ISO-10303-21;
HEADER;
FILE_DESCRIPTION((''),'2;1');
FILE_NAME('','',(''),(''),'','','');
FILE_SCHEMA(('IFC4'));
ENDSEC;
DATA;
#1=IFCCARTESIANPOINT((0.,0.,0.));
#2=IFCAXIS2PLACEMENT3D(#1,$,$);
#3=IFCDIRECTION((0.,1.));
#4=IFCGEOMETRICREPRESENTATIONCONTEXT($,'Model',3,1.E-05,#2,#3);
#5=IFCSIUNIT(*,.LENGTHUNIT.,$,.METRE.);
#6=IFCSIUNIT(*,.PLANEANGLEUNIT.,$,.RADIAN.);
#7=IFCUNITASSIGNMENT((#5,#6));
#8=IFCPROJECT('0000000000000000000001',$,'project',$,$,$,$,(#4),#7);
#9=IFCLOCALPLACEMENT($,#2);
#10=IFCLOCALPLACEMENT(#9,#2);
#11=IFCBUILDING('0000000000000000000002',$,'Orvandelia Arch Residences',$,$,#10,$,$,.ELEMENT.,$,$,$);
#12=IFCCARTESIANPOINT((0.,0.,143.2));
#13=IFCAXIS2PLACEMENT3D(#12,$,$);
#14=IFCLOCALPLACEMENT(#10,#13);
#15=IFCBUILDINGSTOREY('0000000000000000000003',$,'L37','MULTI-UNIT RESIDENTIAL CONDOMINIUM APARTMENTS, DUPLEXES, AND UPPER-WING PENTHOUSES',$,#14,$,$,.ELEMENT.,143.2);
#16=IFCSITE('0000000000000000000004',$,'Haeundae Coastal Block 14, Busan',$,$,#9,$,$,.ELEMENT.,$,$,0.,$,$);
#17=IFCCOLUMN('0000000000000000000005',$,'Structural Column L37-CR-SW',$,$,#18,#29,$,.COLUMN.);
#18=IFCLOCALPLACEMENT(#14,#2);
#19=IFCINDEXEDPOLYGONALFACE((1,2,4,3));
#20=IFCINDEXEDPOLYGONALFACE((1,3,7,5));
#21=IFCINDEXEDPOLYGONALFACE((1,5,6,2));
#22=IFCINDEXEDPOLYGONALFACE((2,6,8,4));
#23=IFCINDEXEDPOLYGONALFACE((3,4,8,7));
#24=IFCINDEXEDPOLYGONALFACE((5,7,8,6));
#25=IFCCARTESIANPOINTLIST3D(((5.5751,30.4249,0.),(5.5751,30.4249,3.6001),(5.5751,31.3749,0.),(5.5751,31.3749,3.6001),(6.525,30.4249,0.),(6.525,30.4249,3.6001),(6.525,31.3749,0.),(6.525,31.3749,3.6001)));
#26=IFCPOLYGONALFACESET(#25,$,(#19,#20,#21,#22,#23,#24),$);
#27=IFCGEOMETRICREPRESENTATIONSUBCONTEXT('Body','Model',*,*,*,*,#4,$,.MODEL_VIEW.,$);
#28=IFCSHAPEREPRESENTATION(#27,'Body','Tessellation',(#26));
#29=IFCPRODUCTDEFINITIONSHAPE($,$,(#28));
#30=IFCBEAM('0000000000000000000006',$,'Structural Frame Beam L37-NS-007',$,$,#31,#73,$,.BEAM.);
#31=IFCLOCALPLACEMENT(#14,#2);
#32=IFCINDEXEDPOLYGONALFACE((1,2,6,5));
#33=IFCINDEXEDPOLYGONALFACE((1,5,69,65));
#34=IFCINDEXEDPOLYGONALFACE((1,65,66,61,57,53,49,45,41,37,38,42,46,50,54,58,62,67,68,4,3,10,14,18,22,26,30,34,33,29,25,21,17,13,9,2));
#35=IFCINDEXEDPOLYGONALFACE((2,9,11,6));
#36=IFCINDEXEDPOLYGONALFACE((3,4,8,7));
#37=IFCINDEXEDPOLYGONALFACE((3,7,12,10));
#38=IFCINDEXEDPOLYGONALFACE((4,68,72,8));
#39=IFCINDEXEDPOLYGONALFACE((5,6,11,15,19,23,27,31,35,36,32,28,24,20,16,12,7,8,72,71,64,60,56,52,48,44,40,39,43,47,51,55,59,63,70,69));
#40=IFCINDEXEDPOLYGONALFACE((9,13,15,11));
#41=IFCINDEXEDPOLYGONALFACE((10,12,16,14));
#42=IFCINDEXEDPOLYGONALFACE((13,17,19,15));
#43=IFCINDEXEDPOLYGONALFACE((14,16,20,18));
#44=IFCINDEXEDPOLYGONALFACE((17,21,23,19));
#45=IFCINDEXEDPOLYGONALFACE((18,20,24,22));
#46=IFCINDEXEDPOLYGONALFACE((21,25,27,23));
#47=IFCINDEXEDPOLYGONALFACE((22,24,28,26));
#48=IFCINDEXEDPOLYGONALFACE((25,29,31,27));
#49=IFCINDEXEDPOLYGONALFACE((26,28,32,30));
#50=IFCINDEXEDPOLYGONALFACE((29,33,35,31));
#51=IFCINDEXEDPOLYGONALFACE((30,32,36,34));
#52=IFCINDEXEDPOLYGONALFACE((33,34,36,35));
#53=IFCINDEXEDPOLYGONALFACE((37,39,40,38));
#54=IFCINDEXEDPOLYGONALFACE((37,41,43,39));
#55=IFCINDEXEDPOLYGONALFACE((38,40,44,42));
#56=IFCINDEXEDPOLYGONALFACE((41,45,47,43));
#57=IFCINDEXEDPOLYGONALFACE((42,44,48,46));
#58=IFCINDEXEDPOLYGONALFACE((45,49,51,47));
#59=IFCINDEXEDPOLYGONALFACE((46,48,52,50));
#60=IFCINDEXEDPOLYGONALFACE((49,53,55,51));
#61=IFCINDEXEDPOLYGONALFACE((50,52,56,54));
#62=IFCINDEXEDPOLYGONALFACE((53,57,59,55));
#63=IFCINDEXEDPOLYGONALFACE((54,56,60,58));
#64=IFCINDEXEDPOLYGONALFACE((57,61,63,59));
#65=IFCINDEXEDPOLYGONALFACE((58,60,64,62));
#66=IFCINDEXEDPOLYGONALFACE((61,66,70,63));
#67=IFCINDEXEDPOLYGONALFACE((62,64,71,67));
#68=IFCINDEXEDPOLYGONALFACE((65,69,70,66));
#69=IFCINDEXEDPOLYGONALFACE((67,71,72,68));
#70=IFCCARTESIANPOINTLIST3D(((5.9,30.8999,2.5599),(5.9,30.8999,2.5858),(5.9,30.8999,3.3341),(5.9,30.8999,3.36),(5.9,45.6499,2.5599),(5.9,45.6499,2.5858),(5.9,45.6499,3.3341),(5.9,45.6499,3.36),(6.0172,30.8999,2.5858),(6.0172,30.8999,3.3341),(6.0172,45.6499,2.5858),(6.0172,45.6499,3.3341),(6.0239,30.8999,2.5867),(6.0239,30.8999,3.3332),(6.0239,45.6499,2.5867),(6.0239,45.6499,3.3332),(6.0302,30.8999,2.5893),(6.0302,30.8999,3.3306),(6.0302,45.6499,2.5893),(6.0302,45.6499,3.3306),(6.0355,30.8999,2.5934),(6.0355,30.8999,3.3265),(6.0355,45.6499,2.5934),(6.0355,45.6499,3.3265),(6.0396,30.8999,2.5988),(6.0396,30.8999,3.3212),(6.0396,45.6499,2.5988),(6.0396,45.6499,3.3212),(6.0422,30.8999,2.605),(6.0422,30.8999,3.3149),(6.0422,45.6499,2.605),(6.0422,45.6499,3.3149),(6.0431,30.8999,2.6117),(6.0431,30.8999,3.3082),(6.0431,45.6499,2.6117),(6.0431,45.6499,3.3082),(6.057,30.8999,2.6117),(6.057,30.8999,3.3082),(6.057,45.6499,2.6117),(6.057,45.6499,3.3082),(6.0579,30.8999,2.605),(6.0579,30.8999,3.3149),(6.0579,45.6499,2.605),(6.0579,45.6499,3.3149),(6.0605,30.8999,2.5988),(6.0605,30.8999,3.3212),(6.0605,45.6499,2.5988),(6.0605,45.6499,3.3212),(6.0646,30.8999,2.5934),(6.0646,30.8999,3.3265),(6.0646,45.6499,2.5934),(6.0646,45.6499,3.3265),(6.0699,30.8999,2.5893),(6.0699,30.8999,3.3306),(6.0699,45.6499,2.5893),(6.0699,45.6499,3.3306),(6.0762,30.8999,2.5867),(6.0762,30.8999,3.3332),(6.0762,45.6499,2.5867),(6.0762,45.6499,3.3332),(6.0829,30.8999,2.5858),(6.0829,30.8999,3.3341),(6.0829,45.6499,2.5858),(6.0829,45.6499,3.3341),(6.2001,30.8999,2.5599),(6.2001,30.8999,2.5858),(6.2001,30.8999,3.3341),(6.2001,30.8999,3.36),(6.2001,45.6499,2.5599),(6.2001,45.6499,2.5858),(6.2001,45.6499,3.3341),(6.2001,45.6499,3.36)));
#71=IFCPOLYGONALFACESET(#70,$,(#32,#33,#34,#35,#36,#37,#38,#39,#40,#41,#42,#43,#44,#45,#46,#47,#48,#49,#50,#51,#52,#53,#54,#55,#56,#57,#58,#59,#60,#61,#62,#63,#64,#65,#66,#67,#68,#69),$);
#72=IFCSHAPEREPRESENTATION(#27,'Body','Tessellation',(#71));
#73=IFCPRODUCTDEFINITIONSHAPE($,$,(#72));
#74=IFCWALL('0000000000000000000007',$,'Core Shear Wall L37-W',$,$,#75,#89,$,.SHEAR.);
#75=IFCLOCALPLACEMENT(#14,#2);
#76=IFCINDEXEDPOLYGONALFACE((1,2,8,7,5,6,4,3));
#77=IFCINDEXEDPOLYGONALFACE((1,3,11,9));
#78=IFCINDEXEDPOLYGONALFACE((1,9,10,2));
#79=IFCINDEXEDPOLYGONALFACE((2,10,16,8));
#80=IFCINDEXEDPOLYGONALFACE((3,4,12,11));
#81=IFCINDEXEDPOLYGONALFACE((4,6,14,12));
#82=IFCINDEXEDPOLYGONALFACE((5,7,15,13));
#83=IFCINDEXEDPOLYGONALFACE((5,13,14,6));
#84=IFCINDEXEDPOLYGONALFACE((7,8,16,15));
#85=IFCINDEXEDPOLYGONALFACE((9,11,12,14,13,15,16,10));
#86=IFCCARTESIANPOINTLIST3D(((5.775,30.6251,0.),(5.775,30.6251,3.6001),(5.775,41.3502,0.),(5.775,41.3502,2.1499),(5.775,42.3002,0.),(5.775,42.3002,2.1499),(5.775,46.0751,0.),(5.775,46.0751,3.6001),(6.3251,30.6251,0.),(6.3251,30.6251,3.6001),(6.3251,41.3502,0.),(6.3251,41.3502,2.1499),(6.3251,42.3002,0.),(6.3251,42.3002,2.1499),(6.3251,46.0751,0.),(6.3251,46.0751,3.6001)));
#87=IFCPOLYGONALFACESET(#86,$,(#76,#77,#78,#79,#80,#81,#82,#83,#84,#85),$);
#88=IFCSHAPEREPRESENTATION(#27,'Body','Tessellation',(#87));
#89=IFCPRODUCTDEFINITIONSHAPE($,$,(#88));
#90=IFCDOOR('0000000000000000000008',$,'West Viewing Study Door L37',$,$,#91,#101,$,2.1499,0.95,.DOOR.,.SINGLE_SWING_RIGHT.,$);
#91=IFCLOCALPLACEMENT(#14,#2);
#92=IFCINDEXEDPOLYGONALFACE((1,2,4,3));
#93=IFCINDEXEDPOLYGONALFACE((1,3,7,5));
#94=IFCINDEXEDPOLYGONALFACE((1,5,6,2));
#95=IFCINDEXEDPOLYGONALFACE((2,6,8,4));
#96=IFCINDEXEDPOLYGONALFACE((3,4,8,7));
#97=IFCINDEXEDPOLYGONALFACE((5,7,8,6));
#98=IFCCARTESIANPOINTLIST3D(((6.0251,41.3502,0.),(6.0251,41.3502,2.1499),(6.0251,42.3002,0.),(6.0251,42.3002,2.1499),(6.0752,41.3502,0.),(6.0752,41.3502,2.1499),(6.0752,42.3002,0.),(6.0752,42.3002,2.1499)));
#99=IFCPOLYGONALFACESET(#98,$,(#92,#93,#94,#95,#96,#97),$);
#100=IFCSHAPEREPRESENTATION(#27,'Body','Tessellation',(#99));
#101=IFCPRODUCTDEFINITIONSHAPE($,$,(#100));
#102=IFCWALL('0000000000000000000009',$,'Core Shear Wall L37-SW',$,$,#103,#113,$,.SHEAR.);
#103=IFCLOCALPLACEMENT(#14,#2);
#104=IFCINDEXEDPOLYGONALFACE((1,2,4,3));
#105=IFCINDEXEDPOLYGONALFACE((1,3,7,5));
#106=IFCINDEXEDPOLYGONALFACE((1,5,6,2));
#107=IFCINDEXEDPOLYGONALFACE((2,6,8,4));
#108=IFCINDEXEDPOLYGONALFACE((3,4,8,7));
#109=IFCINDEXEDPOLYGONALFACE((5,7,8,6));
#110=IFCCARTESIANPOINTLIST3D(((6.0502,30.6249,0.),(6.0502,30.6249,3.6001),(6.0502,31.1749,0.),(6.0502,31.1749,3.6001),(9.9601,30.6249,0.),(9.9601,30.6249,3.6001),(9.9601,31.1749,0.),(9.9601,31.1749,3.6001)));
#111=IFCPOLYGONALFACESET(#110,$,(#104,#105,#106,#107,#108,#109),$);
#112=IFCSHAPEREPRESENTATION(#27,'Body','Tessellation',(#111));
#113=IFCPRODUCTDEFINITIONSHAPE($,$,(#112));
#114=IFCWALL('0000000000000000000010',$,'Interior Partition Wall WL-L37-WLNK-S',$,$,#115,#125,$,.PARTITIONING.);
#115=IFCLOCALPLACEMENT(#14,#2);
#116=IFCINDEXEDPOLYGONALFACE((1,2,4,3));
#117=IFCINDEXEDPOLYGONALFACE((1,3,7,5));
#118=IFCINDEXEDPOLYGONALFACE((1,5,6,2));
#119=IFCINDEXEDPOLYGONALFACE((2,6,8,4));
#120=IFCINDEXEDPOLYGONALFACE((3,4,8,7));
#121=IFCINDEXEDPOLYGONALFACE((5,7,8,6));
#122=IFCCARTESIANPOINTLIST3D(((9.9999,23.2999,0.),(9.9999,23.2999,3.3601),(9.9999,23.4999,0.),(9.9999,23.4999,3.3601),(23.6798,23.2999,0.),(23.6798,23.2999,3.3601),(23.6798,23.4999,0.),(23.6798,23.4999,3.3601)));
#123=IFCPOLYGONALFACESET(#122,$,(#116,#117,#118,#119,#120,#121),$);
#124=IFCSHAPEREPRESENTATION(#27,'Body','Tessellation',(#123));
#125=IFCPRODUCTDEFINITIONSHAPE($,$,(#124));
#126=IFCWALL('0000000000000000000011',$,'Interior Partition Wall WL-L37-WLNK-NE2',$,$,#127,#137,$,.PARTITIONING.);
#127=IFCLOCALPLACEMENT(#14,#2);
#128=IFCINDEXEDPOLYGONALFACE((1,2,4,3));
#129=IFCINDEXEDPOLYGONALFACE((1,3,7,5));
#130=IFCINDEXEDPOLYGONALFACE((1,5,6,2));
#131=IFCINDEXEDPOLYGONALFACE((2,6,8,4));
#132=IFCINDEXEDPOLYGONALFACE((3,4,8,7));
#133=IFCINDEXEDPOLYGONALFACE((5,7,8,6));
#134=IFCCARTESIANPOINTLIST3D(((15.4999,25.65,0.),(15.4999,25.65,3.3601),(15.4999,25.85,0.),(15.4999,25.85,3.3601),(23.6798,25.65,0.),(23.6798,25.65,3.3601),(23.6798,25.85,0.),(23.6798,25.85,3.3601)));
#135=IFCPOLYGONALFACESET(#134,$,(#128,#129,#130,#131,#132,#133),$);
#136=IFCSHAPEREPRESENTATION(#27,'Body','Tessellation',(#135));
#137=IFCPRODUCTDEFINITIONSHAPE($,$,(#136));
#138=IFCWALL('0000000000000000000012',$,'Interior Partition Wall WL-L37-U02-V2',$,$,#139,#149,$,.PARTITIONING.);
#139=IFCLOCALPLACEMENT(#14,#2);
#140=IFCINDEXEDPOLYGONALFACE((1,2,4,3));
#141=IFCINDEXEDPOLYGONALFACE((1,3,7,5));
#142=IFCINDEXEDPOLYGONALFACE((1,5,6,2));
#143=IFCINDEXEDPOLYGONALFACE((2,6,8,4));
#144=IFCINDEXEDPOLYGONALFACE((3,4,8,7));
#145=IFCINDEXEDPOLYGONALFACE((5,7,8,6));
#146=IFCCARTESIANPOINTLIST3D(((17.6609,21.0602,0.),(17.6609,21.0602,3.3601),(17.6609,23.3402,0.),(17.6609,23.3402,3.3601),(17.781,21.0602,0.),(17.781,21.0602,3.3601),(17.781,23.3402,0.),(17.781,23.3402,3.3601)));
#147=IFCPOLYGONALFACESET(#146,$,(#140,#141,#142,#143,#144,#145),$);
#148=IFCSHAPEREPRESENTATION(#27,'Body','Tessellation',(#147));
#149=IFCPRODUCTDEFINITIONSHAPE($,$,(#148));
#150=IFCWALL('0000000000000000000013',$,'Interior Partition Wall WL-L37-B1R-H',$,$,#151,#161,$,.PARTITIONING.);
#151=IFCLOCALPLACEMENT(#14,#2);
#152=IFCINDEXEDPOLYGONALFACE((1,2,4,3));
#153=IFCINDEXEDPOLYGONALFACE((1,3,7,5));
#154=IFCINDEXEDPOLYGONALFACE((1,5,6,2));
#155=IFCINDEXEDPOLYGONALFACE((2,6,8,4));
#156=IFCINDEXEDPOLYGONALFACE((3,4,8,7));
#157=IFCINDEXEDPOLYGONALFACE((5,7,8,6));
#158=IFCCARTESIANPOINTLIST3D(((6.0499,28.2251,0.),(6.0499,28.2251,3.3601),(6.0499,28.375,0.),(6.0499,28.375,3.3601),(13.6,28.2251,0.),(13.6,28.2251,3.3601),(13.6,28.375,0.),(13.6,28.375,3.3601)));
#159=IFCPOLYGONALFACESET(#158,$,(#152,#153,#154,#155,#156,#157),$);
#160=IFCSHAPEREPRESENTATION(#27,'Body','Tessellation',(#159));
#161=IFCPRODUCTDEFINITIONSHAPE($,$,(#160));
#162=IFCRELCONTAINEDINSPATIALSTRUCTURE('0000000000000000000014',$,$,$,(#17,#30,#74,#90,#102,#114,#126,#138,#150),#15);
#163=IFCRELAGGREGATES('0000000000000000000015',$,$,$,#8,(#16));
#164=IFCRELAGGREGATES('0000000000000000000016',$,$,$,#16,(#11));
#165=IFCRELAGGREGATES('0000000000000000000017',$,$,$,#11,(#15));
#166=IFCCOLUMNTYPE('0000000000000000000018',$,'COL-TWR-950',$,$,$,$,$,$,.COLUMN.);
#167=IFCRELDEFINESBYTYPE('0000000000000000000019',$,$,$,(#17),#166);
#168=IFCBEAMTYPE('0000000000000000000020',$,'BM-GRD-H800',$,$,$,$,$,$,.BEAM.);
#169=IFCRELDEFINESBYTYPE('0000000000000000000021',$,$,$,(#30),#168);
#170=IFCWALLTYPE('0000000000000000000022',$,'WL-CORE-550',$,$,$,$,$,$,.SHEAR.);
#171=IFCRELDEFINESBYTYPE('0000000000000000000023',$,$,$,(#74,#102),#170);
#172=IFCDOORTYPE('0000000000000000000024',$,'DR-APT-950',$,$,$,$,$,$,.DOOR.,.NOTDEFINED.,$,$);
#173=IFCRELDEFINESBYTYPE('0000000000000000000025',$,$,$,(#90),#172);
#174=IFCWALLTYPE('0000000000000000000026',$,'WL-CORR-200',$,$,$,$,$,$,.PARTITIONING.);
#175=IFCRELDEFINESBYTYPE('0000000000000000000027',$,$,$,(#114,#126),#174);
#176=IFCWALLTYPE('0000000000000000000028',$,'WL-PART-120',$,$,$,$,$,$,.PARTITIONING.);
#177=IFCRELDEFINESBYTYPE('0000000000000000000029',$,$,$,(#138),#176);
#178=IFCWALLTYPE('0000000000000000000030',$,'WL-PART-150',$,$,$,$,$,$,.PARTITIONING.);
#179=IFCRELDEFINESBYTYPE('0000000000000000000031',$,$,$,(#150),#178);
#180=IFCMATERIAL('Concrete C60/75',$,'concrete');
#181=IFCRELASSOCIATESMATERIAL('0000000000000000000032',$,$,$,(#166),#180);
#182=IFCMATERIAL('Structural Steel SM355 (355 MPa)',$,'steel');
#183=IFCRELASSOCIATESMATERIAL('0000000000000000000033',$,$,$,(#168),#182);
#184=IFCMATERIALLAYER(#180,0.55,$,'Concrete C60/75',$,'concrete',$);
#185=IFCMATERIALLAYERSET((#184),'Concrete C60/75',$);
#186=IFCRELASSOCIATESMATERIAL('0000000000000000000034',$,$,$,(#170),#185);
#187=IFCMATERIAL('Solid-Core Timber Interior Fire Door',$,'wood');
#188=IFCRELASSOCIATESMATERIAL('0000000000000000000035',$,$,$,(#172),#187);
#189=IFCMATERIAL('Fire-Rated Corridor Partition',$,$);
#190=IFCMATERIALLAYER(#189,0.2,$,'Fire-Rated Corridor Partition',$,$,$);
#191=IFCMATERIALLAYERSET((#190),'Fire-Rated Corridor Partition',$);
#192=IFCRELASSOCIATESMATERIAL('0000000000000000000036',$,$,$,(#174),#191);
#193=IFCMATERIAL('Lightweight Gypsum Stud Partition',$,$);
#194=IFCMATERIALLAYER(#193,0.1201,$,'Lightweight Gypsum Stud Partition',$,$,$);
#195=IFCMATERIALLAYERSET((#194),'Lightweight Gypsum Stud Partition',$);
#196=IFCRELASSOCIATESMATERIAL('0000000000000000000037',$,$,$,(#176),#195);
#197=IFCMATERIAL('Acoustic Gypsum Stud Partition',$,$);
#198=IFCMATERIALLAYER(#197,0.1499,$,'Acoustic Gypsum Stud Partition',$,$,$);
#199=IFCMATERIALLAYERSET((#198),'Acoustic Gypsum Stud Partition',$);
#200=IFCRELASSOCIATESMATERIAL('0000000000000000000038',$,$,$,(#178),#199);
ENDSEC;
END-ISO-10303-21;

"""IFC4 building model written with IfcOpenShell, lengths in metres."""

from ifc_helpers import new_model, si_unit, direction, frame, frame_2d, origin, origin_2d, place, context, subcontext, project, spatial, rectangle, i_section, extrude, material, layer, layer_set, material_profile, profile_set, type_object, element, fill, save


model = new_model("IFC4")

# Units and contexts
model_context = context("Model", 3, precision=1e-05, world=origin(), true_north=direction((0.0, 1.0)))
body_context = subcontext(model_context, "Body", "Model", "MODEL_VIEW")
ifc_project = project(units=[si_unit("LENGTHUNIT", "METRE"), si_unit("PLANEANGLEUNIT", "RADIAN")], contexts=[model_context])

# Site, building, storey
site_placement = place(None, origin())
site = spatial("IfcSite", under=ifc_project, at=site_placement, Name="Haeundae Coastal Block 14, Busan", CompositionType="ELEMENT", RefElevation=0.0)
building_placement = place(site_placement, origin())
building = spatial("IfcBuilding", under=site, at=building_placement, Name="Orvandelia Arch Residences", CompositionType="ELEMENT")
storey_placement = place(building_placement, frame((0.0, 0.0, 143.2)))
storey = spatial("IfcBuildingStorey", under=building, at=storey_placement, Name="L37", Description="MULTI-UNIT RESIDENTIAL CONDOMINIUM APARTMENTS, DUPLEXES, AND UPPER-WING PENTHOUSES", CompositionType="ELEMENT", Elevation=143.2)

# Column
ifc_material_1 = material(Name="Concrete C60/75", Category="concrete")
ifc_material_profile_1 = material_profile(ifc_material_1, rectangle(XDim=0.95, YDim=0.95, at=origin_2d()), Name="Concrete C60/75", Category="concrete")
ifc_profile_set_1 = profile_set([ifc_material_profile_1], Name="Concrete C60/75")
column_type = type_object("IfcColumnType", Name="COL-TWR-950", PredefinedType="COLUMN", material=ifc_profile_set_1)
column_placement = place(storey_placement, frame((6.05, 30.8999, 0.0), z_axis=(0.0, 0.0, 1.0), x_axis=(1.0, 0.0, 0.0)))
element("IfcColumn", 1, at=column_placement, inside=storey, type_object=column_type, Name="Structural Column L37-CR-SW", PredefinedType="COLUMN", context=body_context, shape_type="SweptSolid", body=[
    extrude(rectangle(XDim=0.95, YDim=0.95, at=origin_2d()), origin(), (0.0, 0.0, 1.0), 3.6001),
])

# Beam
ifc_material_2 = material(Name="Structural Steel SM355 (355 MPa)", Category="steel")
ifc_material_profile_2 = material_profile(ifc_material_2, i_section(OverallWidth=0.3, OverallDepth=0.8, WebThickness=0.0139, FlangeThickness=0.0259, FilletRadius=0.0259, at=origin_2d()), Name="Structural Steel SM355 (355 MPa)", Category="steel")
ifc_profile_set_2 = profile_set([ifc_material_profile_2], Name="Structural Steel SM355 (355 MPa)")
beam_type = type_object("IfcBeamType", Name="BM-GRD-H800", PredefinedType="BEAM", material=ifc_profile_set_2)
beam_placement = place(storey_placement, frame((6.05, 30.8999, 2.96), z_axis=(0.0, 1.0, 0.0), x_axis=(-1.0, 0.0, 0.0)))
element("IfcBeam", 2, at=beam_placement, inside=storey, type_object=beam_type, Name="Structural Frame Beam L37-NS-007", PredefinedType="BEAM", context=body_context, shape_type="SweptSolid", body=[
    extrude(i_section(OverallWidth=0.3, OverallDepth=0.8, WebThickness=0.0139, FlangeThickness=0.0259, FilletRadius=0.0259, at=origin_2d()), origin(), (0.0, 0.0, 1.0), 14.75),
])

# Wall, opening, door
ifc_layer_1 = layer(ifc_material_1, 0.55, Name="Concrete C60/75", Category="concrete")
ifc_layer_set_1 = layer_set([ifc_layer_1], Name="Concrete C60/75")
wall_type_1 = type_object("IfcWallType", Name="WL-CORE-550", PredefinedType="SHEAR", material=ifc_layer_set_1)
wall_1_placement = place(storey_placement, frame((6.05, 30.625, 0.0), z_axis=(0.0, 0.0, 1.0), x_axis=(0.0, 1.0, 0.0)))
wall_1 = element("IfcWall", 3, at=wall_1_placement, inside=storey, type_object=wall_type_1, Name="Core Shear Wall L37-W", PredefinedType="SHEAR", context=body_context, shape_type="SweptSolid", body=[
    extrude(rectangle(XDim=15.45, YDim=0.55, at=frame_2d((7.7251, 0.0))), origin(), (0.0, 0.0, 1.0), 3.6001),
])
opening_1_placement = place(wall_1_placement, frame((10.7251, 0.0, 0.0)))
opening_1 = element("IfcOpeningElement", 4, at=opening_1_placement, cuts=wall_1, PredefinedType="OPENING", context=body_context, shape_type="SweptSolid", body=[
    extrude(rectangle(XDim=0.95, YDim=2.1499, at=frame_2d((0.4751, 1.075))), frame((0.0, 0.2852, 0.0), z_axis=(0.0, -1.0, 0.0), x_axis=(1.0, 0.0, 0.0)), (0.0, 0.0, 1.0), 0.5701),
])
ifc_material_3 = material(Name="Solid-Core Timber Interior Fire Door", Category="wood")
door_type_1 = type_object("IfcDoorType", Name="DR-APT-950", OperationType="NOTDEFINED", PredefinedType="DOOR", material=ifc_material_3)
door_1_placement = place(opening_1_placement, origin())
door_1 = element("IfcDoor", 5, at=door_1_placement, inside=storey, type_object=door_type_1, Name="West Viewing Study Door L37", OperationType="SINGLE_SWING_RIGHT", OverallHeight=2.1499, OverallWidth=0.95, PredefinedType="DOOR", context=body_context, shape_type="SweptSolid", body=[
    extrude(rectangle(XDim=0.95, YDim=2.1499, at=frame_2d((0.4751, 1.075))), frame((0.0, 0.0249, 0.0), z_axis=(0.0, -1.0, 0.0), x_axis=(1.0, 0.0, 0.0)), (0.0, 0.0, 1.0), 0.05),
])
fill(opening_1, door_1)

# Walls
wall_2_placement = place(storey_placement, frame((6.05, 30.8999, 0.0), z_axis=(0.0, 0.0, 1.0), x_axis=(1.0, 0.0, 0.0)))
element("IfcWall", 6, at=wall_2_placement, inside=storey, type_object=wall_type_1, Name="Core Shear Wall L37-SW", PredefinedType="SHEAR", context=body_context, shape_type="SweptSolid", body=[
    extrude(rectangle(XDim=3.9099, YDim=0.55, at=frame_2d((1.9551, 0.0))), origin(), (0.0, 0.0, 1.0), 3.6001),
])
ifc_material_4 = material(Name="Fire-Rated Corridor Partition")
ifc_layer_2 = layer(ifc_material_4, 0.2, Name="Fire-Rated Corridor Partition")
ifc_layer_set_2 = layer_set([ifc_layer_2], Name="Fire-Rated Corridor Partition")
wall_type_2 = type_object("IfcWallType", Name="WL-CORR-200", PredefinedType="PARTITIONING", material=ifc_layer_set_2)
wall_3_placement = place(storey_placement, frame((10.0, 23.3999, 0.0), z_axis=(0.0, 0.0, 1.0), x_axis=(1.0, 0.0, 0.0)))
element("IfcWall", 7, at=wall_3_placement, inside=storey, type_object=wall_type_2, Name="Interior Partition Wall WL-L37-WLNK-S", PredefinedType="PARTITIONING", context=body_context, shape_type="SweptSolid", body=[
    extrude(rectangle(XDim=13.6799, YDim=0.2, at=frame_2d((6.8398, 0.0))), origin(), (0.0, 0.0, 1.0), 3.3601),
])
wall_4_placement = place(storey_placement, frame((15.5, 25.75, 0.0), z_axis=(0.0, 0.0, 1.0), x_axis=(1.0, 0.0, 0.0)))
element("IfcWall", 8, at=wall_4_placement, inside=storey, type_object=wall_type_2, Name="Interior Partition Wall WL-L37-WLNK-NE2", PredefinedType="PARTITIONING", context=body_context, shape_type="SweptSolid", body=[
    extrude(rectangle(XDim=8.1799, YDim=0.2, at=frame_2d((4.0898, 0.0))), origin(), (0.0, 0.0, 1.0), 3.3601),
])
ifc_material_5 = material(Name="Lightweight Gypsum Stud Partition")
ifc_layer_3 = layer(ifc_material_5, 0.1201, Name="Lightweight Gypsum Stud Partition")
ifc_layer_set_3 = layer_set([ifc_layer_3], Name="Lightweight Gypsum Stud Partition")
wall_type_3 = type_object("IfcWallType", Name="WL-PART-120", PredefinedType="PARTITIONING", material=ifc_layer_set_3)
wall_5_placement = place(storey_placement, frame((17.7209, 21.0601, 0.0), z_axis=(0.0, 0.0, 1.0), x_axis=(0.0, 1.0, 0.0)))
element("IfcWall", 9, at=wall_5_placement, inside=storey, type_object=wall_type_3, Name="Interior Partition Wall WL-L37-U02-V2", PredefinedType="PARTITIONING", context=body_context, shape_type="SweptSolid", body=[
    extrude(rectangle(XDim=2.28, YDim=0.1201, at=frame_2d((1.1401, 0.0))), origin(), (0.0, 0.0, 1.0), 3.3601),
])
ifc_material_6 = material(Name="Acoustic Gypsum Stud Partition")
ifc_layer_4 = layer(ifc_material_6, 0.1499, Name="Acoustic Gypsum Stud Partition")
ifc_layer_set_4 = layer_set([ifc_layer_4], Name="Acoustic Gypsum Stud Partition")
wall_type_4 = type_object("IfcWallType", Name="WL-PART-150", PredefinedType="PARTITIONING", material=ifc_layer_set_4)
wall_6_placement = place(storey_placement, frame((6.05, 28.3, 0.0), z_axis=(0.0, 0.0, 1.0), x_axis=(1.0, 0.0, 0.0)))
element("IfcWall", 10, at=wall_6_placement, inside=storey, type_object=wall_type_4, Name="Interior Partition Wall WL-L37-B1R-H", PredefinedType="PARTITIONING", context=body_context, shape_type="SweptSolid", body=[
    extrude(rectangle(XDim=7.55, YDim=0.1499, at=frame_2d((3.7749, 0.0))), origin(), (0.0, 0.0, 1.0), 3.3601),
])

save(model, "model.ifc")
